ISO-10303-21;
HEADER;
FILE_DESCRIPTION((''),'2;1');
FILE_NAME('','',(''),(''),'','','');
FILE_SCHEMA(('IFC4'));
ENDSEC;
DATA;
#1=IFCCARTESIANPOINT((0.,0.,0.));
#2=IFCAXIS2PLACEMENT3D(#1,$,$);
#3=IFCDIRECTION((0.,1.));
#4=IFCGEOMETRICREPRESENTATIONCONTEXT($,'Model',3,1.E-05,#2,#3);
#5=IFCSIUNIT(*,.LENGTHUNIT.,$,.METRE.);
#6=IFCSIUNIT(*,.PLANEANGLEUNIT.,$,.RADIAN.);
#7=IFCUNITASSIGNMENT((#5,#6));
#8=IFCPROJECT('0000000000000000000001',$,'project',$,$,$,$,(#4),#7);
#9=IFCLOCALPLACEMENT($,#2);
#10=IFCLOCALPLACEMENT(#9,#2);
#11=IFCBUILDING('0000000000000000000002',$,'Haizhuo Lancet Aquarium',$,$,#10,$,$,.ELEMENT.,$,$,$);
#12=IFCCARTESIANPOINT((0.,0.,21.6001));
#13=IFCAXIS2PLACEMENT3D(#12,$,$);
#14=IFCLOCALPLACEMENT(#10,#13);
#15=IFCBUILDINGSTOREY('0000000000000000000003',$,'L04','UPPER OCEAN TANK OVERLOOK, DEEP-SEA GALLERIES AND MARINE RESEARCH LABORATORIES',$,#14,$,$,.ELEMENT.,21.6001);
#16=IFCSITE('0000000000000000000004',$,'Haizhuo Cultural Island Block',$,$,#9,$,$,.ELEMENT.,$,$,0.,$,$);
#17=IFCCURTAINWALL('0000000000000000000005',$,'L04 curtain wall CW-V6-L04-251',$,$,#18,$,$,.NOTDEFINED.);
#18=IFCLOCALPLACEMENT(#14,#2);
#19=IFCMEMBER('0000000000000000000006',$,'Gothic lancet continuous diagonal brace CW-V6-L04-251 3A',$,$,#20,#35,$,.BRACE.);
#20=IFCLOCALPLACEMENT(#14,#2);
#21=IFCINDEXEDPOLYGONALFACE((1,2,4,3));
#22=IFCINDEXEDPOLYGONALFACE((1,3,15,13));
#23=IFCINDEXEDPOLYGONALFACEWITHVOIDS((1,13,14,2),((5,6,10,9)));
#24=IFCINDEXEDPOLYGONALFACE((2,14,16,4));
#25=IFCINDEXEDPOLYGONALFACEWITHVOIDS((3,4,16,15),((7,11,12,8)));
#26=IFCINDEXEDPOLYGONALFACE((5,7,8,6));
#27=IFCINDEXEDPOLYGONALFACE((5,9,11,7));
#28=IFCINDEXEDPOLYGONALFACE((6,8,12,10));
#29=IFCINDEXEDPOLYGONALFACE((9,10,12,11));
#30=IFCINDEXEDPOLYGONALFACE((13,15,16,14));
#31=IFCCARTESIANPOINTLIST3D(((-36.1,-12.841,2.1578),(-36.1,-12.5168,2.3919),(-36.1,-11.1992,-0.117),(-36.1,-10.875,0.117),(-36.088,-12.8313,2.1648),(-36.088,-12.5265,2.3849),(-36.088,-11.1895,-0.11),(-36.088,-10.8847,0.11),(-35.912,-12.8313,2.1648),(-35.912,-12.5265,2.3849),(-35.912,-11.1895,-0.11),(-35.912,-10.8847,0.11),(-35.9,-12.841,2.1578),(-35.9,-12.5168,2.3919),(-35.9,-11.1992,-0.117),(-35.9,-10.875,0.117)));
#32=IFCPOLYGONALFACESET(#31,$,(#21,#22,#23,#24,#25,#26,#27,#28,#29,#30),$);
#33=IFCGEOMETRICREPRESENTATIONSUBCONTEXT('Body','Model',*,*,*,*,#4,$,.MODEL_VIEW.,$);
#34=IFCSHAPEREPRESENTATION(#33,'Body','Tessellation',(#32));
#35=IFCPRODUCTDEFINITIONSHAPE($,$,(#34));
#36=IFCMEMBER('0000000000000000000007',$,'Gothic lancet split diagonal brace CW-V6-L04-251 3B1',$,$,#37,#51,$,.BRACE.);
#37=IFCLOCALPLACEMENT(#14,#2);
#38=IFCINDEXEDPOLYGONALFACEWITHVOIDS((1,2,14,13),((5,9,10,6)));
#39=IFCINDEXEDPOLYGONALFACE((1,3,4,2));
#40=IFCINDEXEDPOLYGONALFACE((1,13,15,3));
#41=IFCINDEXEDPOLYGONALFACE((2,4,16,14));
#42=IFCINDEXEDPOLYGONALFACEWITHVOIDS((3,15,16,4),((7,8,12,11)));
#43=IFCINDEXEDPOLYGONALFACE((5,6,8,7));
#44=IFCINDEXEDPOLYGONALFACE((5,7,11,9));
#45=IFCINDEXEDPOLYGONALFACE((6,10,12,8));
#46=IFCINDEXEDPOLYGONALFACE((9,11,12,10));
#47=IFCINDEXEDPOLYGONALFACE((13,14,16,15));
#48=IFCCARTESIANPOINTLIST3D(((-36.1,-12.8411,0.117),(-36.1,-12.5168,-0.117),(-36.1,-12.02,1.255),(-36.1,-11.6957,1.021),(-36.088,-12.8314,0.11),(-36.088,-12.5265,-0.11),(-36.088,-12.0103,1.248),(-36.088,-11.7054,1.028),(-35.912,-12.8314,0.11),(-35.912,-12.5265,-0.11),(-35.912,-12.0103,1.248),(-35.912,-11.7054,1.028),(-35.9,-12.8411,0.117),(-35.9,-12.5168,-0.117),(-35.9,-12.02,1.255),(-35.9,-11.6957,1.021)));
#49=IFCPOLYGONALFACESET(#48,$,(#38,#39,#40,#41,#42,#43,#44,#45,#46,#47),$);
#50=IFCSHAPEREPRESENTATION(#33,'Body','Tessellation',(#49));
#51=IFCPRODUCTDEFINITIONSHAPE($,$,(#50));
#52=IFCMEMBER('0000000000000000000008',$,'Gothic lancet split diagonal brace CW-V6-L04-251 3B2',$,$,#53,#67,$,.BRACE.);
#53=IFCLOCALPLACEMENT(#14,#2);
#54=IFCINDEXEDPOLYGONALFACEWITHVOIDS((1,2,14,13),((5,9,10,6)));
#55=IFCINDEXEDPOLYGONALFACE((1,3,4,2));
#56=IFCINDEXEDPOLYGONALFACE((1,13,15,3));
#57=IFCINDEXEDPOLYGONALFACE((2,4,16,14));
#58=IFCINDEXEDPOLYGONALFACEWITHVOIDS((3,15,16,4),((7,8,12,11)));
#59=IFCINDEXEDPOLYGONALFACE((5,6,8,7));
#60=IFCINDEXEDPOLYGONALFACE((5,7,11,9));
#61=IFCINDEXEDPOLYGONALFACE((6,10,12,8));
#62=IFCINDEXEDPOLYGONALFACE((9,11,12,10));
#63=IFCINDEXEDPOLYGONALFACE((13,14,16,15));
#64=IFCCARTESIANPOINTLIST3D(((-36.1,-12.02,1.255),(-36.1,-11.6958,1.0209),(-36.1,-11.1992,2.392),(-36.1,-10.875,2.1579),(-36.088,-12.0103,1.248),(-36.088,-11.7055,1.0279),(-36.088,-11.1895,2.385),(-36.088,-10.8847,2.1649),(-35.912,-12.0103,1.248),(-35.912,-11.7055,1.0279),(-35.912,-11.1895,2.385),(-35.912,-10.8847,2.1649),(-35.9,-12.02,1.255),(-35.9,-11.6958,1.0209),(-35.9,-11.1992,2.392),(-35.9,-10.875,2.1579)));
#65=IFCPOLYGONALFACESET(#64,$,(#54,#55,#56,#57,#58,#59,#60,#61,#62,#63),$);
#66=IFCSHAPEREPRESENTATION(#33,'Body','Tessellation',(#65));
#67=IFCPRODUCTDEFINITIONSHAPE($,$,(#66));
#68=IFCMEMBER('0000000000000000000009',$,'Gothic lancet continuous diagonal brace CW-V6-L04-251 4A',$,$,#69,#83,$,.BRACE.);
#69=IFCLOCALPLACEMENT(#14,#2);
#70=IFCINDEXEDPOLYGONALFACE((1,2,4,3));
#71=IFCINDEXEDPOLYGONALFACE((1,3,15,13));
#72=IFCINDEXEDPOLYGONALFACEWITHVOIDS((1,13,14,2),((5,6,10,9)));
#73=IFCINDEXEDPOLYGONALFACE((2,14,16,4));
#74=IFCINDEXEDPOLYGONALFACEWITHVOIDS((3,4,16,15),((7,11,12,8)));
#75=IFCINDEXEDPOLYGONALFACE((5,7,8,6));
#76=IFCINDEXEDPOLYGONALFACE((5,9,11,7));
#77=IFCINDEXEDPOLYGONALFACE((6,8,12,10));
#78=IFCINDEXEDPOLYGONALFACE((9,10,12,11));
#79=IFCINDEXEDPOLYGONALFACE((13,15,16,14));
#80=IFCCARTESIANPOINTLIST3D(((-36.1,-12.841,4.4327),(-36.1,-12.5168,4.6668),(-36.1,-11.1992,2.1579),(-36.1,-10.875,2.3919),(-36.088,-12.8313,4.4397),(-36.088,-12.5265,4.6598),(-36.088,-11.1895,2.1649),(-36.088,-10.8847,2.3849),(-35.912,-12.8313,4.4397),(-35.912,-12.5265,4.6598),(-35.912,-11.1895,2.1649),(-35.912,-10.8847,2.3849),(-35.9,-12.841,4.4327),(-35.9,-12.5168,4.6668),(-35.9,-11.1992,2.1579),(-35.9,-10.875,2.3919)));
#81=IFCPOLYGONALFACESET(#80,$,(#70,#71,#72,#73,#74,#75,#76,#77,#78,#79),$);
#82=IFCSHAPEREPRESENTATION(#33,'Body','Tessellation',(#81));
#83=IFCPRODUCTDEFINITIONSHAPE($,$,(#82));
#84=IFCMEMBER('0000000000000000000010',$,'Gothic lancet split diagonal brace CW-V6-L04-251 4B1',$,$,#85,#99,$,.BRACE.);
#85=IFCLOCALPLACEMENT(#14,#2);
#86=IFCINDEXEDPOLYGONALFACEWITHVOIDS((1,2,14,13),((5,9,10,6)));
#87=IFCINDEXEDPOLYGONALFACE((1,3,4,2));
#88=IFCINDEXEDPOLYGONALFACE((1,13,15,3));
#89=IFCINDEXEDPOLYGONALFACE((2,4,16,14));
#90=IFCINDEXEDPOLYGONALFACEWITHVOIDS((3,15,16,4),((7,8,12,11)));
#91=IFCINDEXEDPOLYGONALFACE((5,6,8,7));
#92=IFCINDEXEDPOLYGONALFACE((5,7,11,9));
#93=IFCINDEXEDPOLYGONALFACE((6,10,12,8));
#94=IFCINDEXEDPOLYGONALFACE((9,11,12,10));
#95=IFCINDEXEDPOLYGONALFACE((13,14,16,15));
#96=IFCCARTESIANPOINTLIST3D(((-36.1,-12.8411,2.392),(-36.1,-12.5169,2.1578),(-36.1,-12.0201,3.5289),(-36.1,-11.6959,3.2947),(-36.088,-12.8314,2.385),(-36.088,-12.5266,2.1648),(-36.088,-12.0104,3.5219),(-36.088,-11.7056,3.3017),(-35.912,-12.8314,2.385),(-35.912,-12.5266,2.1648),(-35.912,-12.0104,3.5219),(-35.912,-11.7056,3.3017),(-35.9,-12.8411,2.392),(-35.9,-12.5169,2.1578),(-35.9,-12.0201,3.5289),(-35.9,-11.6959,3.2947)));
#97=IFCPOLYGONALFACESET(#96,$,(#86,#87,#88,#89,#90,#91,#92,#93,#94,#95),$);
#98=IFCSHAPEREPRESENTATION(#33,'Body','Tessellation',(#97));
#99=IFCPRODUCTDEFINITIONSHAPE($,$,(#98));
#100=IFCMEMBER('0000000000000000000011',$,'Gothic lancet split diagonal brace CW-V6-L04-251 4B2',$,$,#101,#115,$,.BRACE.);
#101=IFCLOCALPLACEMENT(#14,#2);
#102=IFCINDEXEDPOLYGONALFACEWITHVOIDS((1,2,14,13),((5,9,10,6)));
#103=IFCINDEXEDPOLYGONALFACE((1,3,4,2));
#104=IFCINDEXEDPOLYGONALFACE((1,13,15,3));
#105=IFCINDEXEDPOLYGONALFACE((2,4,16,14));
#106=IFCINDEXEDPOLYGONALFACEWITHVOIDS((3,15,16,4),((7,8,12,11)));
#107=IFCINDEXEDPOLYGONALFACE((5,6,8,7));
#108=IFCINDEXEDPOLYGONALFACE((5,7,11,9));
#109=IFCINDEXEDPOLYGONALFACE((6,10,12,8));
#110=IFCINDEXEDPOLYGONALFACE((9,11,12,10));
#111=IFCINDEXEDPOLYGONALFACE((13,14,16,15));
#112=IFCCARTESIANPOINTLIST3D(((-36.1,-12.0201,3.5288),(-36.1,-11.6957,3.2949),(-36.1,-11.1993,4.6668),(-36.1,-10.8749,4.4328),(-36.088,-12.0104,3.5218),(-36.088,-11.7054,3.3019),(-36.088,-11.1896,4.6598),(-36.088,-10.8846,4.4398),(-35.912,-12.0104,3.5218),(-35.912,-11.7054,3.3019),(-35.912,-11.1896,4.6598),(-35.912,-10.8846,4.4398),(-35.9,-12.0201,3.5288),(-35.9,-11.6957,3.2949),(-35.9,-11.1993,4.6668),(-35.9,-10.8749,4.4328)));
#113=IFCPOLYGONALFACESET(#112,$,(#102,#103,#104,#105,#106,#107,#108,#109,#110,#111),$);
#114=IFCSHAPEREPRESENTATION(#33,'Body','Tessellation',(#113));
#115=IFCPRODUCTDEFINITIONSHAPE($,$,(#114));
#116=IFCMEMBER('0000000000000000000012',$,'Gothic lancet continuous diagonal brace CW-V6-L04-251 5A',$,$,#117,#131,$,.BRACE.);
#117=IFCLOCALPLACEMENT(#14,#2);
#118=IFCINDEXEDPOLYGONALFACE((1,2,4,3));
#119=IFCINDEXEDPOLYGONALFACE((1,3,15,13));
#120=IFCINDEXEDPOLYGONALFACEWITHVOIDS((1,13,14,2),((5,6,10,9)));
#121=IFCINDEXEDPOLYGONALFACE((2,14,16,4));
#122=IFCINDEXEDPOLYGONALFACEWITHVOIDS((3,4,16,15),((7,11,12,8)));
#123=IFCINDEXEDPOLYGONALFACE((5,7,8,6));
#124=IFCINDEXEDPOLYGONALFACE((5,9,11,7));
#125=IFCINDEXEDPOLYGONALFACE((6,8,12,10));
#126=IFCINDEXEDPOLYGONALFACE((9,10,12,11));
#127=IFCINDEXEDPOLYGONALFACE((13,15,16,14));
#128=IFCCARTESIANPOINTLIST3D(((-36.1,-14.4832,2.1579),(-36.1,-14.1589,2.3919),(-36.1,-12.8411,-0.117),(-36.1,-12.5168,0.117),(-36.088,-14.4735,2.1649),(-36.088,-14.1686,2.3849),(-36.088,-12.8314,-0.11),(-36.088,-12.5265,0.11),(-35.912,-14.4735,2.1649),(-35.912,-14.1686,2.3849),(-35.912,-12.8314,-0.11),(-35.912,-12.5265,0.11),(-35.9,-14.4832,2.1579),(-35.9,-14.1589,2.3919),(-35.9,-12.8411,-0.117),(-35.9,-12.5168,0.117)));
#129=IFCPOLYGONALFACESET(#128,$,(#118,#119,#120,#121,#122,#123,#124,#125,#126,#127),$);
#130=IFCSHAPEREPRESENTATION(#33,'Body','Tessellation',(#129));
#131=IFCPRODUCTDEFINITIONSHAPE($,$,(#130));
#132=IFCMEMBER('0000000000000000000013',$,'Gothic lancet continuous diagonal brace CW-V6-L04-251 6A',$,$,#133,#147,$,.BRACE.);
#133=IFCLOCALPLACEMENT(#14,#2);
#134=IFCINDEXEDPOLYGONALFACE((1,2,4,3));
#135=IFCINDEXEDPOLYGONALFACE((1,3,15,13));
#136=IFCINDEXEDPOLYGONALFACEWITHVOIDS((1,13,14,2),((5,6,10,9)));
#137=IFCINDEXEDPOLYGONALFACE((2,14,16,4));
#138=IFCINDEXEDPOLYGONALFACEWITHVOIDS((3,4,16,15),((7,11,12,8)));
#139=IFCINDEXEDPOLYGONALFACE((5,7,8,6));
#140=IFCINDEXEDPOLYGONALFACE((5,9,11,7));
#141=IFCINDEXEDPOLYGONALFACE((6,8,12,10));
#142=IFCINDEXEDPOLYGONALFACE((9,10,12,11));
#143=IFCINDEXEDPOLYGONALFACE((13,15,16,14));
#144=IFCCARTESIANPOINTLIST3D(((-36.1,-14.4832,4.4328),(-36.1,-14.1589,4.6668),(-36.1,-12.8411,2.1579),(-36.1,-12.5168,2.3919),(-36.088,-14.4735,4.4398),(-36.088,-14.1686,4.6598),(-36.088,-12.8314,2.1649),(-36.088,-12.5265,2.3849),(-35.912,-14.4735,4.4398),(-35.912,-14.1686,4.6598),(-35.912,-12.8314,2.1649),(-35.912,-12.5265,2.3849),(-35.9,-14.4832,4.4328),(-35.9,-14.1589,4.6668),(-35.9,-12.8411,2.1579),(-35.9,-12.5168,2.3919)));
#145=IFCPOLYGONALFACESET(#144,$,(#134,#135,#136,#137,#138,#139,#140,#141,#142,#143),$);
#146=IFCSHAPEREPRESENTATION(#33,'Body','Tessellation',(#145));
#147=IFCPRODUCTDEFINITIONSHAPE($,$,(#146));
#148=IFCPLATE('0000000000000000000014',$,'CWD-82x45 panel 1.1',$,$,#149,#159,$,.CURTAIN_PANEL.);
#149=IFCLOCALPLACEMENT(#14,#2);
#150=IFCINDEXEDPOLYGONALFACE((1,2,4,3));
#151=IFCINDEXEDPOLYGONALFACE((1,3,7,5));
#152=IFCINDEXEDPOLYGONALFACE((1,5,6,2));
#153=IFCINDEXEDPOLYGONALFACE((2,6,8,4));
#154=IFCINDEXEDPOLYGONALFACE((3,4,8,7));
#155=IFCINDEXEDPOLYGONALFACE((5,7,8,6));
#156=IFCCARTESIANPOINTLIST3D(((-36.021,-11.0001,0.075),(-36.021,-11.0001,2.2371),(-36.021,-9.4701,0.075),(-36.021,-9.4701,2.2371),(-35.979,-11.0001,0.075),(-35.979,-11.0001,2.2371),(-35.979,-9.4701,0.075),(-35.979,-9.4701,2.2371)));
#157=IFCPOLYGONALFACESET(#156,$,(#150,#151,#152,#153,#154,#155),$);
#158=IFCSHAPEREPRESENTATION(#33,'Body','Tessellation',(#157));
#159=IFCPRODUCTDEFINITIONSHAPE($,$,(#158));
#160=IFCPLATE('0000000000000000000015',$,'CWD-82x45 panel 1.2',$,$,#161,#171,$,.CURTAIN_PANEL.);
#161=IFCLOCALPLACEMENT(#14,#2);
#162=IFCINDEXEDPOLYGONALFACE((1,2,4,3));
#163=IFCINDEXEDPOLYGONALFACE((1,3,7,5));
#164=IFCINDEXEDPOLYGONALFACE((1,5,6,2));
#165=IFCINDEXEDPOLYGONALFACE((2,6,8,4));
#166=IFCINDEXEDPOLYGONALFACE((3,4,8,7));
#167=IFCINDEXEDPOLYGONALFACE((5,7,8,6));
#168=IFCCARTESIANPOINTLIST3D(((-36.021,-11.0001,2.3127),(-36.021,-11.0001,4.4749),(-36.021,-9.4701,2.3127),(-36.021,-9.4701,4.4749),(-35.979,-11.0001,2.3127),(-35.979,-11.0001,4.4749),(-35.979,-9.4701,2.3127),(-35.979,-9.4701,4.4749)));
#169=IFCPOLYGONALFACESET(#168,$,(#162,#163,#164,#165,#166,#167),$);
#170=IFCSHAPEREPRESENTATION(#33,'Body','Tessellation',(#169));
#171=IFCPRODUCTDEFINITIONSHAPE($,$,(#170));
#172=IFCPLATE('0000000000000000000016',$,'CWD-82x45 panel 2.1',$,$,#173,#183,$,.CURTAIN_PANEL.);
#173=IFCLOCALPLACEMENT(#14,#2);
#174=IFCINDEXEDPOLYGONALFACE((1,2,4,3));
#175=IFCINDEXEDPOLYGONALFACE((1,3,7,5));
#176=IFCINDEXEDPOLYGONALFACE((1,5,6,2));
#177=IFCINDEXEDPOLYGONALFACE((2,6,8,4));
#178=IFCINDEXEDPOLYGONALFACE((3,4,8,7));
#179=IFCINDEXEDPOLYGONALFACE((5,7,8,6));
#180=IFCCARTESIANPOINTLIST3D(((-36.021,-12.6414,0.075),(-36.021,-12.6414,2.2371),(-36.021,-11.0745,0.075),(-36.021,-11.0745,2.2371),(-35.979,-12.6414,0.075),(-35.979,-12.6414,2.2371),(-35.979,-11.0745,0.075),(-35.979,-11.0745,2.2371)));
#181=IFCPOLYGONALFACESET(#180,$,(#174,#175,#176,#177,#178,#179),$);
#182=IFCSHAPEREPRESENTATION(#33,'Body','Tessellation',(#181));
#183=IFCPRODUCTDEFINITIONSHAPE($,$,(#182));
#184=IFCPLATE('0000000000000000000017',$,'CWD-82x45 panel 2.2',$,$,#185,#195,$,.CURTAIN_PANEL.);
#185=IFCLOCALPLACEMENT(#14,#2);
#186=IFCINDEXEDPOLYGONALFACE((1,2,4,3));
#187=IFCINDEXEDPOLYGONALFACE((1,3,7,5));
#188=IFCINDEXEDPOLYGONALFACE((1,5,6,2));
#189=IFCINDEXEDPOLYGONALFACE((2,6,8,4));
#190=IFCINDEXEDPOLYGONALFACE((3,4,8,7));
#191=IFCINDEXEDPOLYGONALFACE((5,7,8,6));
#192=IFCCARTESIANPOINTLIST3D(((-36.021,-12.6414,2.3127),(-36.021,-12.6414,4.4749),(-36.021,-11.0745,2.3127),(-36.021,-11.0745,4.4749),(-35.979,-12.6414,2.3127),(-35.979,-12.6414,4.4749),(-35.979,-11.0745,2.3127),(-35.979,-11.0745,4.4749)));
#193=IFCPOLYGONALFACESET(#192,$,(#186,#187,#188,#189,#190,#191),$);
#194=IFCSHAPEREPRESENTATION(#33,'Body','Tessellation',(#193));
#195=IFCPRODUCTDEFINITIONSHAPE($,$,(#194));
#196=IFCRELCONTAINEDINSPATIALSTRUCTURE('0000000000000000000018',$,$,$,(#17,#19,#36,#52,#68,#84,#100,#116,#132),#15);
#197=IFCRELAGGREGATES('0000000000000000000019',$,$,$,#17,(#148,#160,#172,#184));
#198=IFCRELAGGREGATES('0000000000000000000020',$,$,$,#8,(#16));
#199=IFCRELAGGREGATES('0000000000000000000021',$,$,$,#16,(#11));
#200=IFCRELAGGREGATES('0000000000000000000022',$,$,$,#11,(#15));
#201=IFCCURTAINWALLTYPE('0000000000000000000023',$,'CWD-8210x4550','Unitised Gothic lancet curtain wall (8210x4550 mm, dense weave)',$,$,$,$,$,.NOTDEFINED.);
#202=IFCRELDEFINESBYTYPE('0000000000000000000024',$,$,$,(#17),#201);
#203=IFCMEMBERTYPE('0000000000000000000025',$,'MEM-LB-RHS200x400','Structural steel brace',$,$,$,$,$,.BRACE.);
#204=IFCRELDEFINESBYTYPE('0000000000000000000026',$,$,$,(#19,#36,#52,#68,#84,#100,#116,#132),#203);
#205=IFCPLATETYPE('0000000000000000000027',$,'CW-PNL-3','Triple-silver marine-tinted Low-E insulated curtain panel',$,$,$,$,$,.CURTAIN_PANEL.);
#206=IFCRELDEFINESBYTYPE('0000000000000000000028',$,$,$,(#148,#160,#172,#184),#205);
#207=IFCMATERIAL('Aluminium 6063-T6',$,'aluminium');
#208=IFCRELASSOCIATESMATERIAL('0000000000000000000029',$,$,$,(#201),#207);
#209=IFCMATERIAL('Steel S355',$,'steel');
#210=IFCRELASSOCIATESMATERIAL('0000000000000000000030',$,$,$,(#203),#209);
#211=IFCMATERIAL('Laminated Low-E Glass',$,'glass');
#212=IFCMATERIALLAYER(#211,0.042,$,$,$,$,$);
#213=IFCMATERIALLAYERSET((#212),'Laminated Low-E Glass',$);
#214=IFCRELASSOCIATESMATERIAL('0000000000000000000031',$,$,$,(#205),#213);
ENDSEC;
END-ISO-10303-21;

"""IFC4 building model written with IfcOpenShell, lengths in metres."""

from ifc_helpers import new_model, si_unit, direction, frame, origin, origin_2d, place, context, subcontext, project, spatial, rectangle, hollow_rectangle, extrude, material, layer, layer_set, material_profile, profile_set, type_object, element, aggregate, save


model = new_model("IFC4")

# Units and contexts
model_context = context("Model", 3, precision=1e-05, world=origin(), true_north=direction((0.0, 1.0)))
body_context = subcontext(model_context, "Body", "Model", "MODEL_VIEW")
ifc_project = project(units=[si_unit("LENGTHUNIT", "METRE"), si_unit("PLANEANGLEUNIT", "RADIAN")], contexts=[model_context])

# Site, building, storey
site_placement = place(None, origin())
site = spatial("IfcSite", under=ifc_project, at=site_placement, Name="Haizhuo Cultural Island Block", CompositionType="ELEMENT", RefElevation=0.0)
building_placement = place(site_placement, origin())
building = spatial("IfcBuilding", under=site, at=building_placement, Name="Haizhuo Lancet Aquarium", CompositionType="ELEMENT")
storey_placement = place(building_placement, frame((0.0, 0.0, 21.6001)))
storey = spatial("IfcBuildingStorey", under=building, at=storey_placement, Name="L04", Description="UPPER OCEAN TANK OVERLOOK, DEEP-SEA GALLERIES AND MARINE RESEARCH LABORATORIES", CompositionType="ELEMENT", Elevation=21.6001)

# Curtain wall
ifc_material_1 = material(Name="Aluminium 6063-T6", Category="aluminium")
curtain_wall_type = type_object("IfcCurtainWallType", Name="CWD-8210x4550", Description="Unitised Gothic lancet curtain wall (8210x4550 mm, dense weave)", PredefinedType="NOTDEFINED", material=ifc_material_1)
curtain_wall_placement = place(storey_placement, origin())
curtain_wall = element("IfcCurtainWall", 1, at=curtain_wall_placement, inside=storey, type_object=curtain_wall_type, Name="L04 curtain wall CW-V6-L04-251", PredefinedType="NOTDEFINED")

# Members
ifc_material_2 = material(Name="Steel S355", Category="steel")
ifc_material_profile_1 = material_profile(ifc_material_2, hollow_rectangle(XDim=0.2, YDim=0.3999, WallThickness=0.012, at=origin_2d()), Name="RHS 200x400x12")
ifc_profile_set_1 = profile_set([ifc_material_profile_1], Name="Steel S355")
member_type_1 = type_object("IfcMemberType", Name="MEM-LB-RHS200x400", Description="Structural steel brace", PredefinedType="BRACE", material=ifc_profile_set_1)
member_1_placement = place(storey_placement, frame((-36.0, -11.0371, 0.0), z_axis=(0.0, -0.585224, 0.810872), x_axis=(1.0, 0.0, 0.0)))
element("IfcMember", 2, at=member_1_placement, inside=storey, type_object=member_type_1, Name="Gothic lancet continuous diagonal brace CW-V6-L04-251 3A", PredefinedType="BRACE", context=body_context, shape_type="SweptSolid", body=[
    extrude(hollow_rectangle(XDim=0.2, YDim=0.3999, WallThickness=0.012, at=origin_2d()), origin(), (0.0, 0.0, 1.0), 2.8054),
])
member_2_placement = place(storey_placement, frame((-36.0, -12.679, 0.0), z_axis=(0.0, 0.585116, 0.81095), x_axis=(-1.0, 0.0, 0.0)))
element("IfcMember", 3, at=member_2_placement, inside=storey, type_object=member_type_1, Name="Gothic lancet split diagonal brace CW-V6-L04-251 3B1", PredefinedType="BRACE", context=body_context, shape_type="SweptSolid", body=[
    extrude(hollow_rectangle(XDim=0.2, YDim=0.3999, WallThickness=0.012, at=origin_2d()), origin(), (0.0, 0.0, 1.0), 1.4033),
])
member_3_placement = place(storey_placement, frame((-36.0, -11.8579, 1.1379), z_axis=(0.0, 0.585332, 0.810794), x_axis=(-1.0, 0.0, 0.0)))
element("IfcMember", 4, at=member_3_placement, inside=storey, type_object=member_type_1, Name="Gothic lancet split diagonal brace CW-V6-L04-251 3B2", PredefinedType="BRACE", context=body_context, shape_type="SweptSolid", body=[
    extrude(hollow_rectangle(XDim=0.2, YDim=0.3999, WallThickness=0.012, at=origin_2d()), origin(), (0.0, 0.0, 1.0), 1.4023),
])
member_4_placement = place(storey_placement, frame((-36.0, -11.0371, 2.2749), z_axis=(0.0, -0.585224, 0.810872), x_axis=(1.0, 0.0, 0.0)))
element("IfcMember", 5, at=member_4_placement, inside=storey, type_object=member_type_1, Name="Gothic lancet continuous diagonal brace CW-V6-L04-251 4A", PredefinedType="BRACE", context=body_context, shape_type="SweptSolid", body=[
    extrude(hollow_rectangle(XDim=0.2, YDim=0.3999, WallThickness=0.012, at=origin_2d()), origin(), (0.0, 0.0, 1.0), 2.8054),
])
member_5_placement = place(storey_placement, frame((-36.0, -12.679, 2.2749), z_axis=(0.0, 0.585446, 0.810711), x_axis=(-1.0, 0.0, 0.0)))
element("IfcMember", 6, at=member_5_placement, inside=storey, type_object=member_type_1, Name="Gothic lancet split diagonal brace CW-V6-L04-251 4B1", PredefinedType="BRACE", context=body_context, shape_type="SweptSolid", body=[
    extrude(hollow_rectangle(XDim=0.2, YDim=0.3999, WallThickness=0.012, at=origin_2d()), origin(), (0.0, 0.0, 1.0), 1.4023),
])
member_6_placement = place(storey_placement, frame((-36.0, -11.8579, 3.4119), z_axis=(0.0, 0.585001, 0.811032), x_axis=(-1.0, 0.0, 0.0)))
element("IfcMember", 7, at=member_6_placement, inside=storey, type_object=member_type_1, Name="Gothic lancet split diagonal brace CW-V6-L04-251 4B2", PredefinedType="BRACE", context=body_context, shape_type="SweptSolid", body=[
    extrude(hollow_rectangle(XDim=0.2, YDim=0.3999, WallThickness=0.012, at=origin_2d()), origin(), (0.0, 0.0, 1.0), 1.4031),
])
for number, where, z_axis, x_axis, name in (
    (8, (-36.0, -12.679, 0.0), (0.0, -0.585281, 0.810831), (1.0, 0.0, 0.0), "Gothic lancet continuous diagonal brace CW-V6-L04-251 5A"),
    (9, (-36.0, -12.679, 2.2749), (0.0, -0.585281, 0.810831), (1.0, 0.0, 0.0), "Gothic lancet continuous diagonal brace CW-V6-L04-251 6A"),
):
    element("IfcMember", number, at=place(storey_placement, frame(where, z_axis=z_axis, x_axis=x_axis)), inside=storey, type_object=member_type_1, Name=name, PredefinedType="BRACE", context=body_context, shape_type="SweptSolid", body=[
        extrude(hollow_rectangle(XDim=0.2, YDim=0.3999, WallThickness=0.012, at=origin_2d()), origin(), (0.0, 0.0, 1.0), 2.8057),
    ])

# Plates
ifc_material_3 = material(Name="Laminated Low-E Glass", Category="glass")
ifc_layer = layer(ifc_material_3, 0.042)
ifc_layer_set = layer_set([ifc_layer], Name="Laminated Low-E Glass")
plate_type = type_object("IfcPlateType", Name="CW-PNL-3", Description="Triple-silver marine-tinted Low-E insulated curtain panel", PredefinedType="CURTAIN_PANEL", material=ifc_layer_set)
plate_1_placement = place(storey_placement, frame((-36.0, -10.2351, 0.075), z_axis=(0.0, 0.0, 1.0), x_axis=(0.0, -1.0, 0.0)))
plate_1 = element("IfcPlate", 10, at=plate_1_placement, type_object=plate_type, Name="CWD-82x45 panel 1.1", PredefinedType="CURTAIN_PANEL", context=body_context, shape_type="SweptSolid", body=[
    extrude(rectangle(XDim=1.53, YDim=0.042, at=origin_2d()), origin(), (0.0, 0.0, 1.0), 2.1621),
])
plate_2_placement = place(storey_placement, frame((-36.0, -10.2351, 2.3127), z_axis=(0.0, 0.0, 1.0), x_axis=(0.0, -1.0, 0.0)))
plate_2 = element("IfcPlate", 11, at=plate_2_placement, type_object=plate_type, Name="CWD-82x45 panel 1.2", PredefinedType="CURTAIN_PANEL", context=body_context, shape_type="SweptSolid", body=[
    extrude(rectangle(XDim=1.53, YDim=0.042, at=origin_2d()), origin(), (0.0, 0.0, 1.0), 2.1621),
])
plate_3_placement = place(storey_placement, frame((-36.0, -11.8579, 0.075), z_axis=(0.0, 0.0, 1.0), x_axis=(0.0, -1.0, 0.0)))
plate_3 = element("IfcPlate", 12, at=plate_3_placement, type_object=plate_type, Name="CWD-82x45 panel 2.1", PredefinedType="CURTAIN_PANEL", context=body_context, shape_type="SweptSolid", body=[
    extrude(rectangle(XDim=1.5669, YDim=0.042, at=origin_2d()), origin(), (0.0, 0.0, 1.0), 2.1621),
])
plate_4_placement = place(storey_placement, frame((-36.0, -11.8579, 2.3127), z_axis=(0.0, 0.0, 1.0), x_axis=(0.0, -1.0, 0.0)))
plate_4 = element("IfcPlate", 13, at=plate_4_placement, type_object=plate_type, Name="CWD-82x45 panel 2.2", PredefinedType="CURTAIN_PANEL", context=body_context, shape_type="SweptSolid", body=[
    extrude(rectangle(XDim=1.5669, YDim=0.042, at=origin_2d()), origin(), (0.0, 0.0, 1.0), 2.1621),
])
aggregate(curtain_wall, [plate_1, plate_2, plate_3, plate_4])

save(model, "model.ifc")
